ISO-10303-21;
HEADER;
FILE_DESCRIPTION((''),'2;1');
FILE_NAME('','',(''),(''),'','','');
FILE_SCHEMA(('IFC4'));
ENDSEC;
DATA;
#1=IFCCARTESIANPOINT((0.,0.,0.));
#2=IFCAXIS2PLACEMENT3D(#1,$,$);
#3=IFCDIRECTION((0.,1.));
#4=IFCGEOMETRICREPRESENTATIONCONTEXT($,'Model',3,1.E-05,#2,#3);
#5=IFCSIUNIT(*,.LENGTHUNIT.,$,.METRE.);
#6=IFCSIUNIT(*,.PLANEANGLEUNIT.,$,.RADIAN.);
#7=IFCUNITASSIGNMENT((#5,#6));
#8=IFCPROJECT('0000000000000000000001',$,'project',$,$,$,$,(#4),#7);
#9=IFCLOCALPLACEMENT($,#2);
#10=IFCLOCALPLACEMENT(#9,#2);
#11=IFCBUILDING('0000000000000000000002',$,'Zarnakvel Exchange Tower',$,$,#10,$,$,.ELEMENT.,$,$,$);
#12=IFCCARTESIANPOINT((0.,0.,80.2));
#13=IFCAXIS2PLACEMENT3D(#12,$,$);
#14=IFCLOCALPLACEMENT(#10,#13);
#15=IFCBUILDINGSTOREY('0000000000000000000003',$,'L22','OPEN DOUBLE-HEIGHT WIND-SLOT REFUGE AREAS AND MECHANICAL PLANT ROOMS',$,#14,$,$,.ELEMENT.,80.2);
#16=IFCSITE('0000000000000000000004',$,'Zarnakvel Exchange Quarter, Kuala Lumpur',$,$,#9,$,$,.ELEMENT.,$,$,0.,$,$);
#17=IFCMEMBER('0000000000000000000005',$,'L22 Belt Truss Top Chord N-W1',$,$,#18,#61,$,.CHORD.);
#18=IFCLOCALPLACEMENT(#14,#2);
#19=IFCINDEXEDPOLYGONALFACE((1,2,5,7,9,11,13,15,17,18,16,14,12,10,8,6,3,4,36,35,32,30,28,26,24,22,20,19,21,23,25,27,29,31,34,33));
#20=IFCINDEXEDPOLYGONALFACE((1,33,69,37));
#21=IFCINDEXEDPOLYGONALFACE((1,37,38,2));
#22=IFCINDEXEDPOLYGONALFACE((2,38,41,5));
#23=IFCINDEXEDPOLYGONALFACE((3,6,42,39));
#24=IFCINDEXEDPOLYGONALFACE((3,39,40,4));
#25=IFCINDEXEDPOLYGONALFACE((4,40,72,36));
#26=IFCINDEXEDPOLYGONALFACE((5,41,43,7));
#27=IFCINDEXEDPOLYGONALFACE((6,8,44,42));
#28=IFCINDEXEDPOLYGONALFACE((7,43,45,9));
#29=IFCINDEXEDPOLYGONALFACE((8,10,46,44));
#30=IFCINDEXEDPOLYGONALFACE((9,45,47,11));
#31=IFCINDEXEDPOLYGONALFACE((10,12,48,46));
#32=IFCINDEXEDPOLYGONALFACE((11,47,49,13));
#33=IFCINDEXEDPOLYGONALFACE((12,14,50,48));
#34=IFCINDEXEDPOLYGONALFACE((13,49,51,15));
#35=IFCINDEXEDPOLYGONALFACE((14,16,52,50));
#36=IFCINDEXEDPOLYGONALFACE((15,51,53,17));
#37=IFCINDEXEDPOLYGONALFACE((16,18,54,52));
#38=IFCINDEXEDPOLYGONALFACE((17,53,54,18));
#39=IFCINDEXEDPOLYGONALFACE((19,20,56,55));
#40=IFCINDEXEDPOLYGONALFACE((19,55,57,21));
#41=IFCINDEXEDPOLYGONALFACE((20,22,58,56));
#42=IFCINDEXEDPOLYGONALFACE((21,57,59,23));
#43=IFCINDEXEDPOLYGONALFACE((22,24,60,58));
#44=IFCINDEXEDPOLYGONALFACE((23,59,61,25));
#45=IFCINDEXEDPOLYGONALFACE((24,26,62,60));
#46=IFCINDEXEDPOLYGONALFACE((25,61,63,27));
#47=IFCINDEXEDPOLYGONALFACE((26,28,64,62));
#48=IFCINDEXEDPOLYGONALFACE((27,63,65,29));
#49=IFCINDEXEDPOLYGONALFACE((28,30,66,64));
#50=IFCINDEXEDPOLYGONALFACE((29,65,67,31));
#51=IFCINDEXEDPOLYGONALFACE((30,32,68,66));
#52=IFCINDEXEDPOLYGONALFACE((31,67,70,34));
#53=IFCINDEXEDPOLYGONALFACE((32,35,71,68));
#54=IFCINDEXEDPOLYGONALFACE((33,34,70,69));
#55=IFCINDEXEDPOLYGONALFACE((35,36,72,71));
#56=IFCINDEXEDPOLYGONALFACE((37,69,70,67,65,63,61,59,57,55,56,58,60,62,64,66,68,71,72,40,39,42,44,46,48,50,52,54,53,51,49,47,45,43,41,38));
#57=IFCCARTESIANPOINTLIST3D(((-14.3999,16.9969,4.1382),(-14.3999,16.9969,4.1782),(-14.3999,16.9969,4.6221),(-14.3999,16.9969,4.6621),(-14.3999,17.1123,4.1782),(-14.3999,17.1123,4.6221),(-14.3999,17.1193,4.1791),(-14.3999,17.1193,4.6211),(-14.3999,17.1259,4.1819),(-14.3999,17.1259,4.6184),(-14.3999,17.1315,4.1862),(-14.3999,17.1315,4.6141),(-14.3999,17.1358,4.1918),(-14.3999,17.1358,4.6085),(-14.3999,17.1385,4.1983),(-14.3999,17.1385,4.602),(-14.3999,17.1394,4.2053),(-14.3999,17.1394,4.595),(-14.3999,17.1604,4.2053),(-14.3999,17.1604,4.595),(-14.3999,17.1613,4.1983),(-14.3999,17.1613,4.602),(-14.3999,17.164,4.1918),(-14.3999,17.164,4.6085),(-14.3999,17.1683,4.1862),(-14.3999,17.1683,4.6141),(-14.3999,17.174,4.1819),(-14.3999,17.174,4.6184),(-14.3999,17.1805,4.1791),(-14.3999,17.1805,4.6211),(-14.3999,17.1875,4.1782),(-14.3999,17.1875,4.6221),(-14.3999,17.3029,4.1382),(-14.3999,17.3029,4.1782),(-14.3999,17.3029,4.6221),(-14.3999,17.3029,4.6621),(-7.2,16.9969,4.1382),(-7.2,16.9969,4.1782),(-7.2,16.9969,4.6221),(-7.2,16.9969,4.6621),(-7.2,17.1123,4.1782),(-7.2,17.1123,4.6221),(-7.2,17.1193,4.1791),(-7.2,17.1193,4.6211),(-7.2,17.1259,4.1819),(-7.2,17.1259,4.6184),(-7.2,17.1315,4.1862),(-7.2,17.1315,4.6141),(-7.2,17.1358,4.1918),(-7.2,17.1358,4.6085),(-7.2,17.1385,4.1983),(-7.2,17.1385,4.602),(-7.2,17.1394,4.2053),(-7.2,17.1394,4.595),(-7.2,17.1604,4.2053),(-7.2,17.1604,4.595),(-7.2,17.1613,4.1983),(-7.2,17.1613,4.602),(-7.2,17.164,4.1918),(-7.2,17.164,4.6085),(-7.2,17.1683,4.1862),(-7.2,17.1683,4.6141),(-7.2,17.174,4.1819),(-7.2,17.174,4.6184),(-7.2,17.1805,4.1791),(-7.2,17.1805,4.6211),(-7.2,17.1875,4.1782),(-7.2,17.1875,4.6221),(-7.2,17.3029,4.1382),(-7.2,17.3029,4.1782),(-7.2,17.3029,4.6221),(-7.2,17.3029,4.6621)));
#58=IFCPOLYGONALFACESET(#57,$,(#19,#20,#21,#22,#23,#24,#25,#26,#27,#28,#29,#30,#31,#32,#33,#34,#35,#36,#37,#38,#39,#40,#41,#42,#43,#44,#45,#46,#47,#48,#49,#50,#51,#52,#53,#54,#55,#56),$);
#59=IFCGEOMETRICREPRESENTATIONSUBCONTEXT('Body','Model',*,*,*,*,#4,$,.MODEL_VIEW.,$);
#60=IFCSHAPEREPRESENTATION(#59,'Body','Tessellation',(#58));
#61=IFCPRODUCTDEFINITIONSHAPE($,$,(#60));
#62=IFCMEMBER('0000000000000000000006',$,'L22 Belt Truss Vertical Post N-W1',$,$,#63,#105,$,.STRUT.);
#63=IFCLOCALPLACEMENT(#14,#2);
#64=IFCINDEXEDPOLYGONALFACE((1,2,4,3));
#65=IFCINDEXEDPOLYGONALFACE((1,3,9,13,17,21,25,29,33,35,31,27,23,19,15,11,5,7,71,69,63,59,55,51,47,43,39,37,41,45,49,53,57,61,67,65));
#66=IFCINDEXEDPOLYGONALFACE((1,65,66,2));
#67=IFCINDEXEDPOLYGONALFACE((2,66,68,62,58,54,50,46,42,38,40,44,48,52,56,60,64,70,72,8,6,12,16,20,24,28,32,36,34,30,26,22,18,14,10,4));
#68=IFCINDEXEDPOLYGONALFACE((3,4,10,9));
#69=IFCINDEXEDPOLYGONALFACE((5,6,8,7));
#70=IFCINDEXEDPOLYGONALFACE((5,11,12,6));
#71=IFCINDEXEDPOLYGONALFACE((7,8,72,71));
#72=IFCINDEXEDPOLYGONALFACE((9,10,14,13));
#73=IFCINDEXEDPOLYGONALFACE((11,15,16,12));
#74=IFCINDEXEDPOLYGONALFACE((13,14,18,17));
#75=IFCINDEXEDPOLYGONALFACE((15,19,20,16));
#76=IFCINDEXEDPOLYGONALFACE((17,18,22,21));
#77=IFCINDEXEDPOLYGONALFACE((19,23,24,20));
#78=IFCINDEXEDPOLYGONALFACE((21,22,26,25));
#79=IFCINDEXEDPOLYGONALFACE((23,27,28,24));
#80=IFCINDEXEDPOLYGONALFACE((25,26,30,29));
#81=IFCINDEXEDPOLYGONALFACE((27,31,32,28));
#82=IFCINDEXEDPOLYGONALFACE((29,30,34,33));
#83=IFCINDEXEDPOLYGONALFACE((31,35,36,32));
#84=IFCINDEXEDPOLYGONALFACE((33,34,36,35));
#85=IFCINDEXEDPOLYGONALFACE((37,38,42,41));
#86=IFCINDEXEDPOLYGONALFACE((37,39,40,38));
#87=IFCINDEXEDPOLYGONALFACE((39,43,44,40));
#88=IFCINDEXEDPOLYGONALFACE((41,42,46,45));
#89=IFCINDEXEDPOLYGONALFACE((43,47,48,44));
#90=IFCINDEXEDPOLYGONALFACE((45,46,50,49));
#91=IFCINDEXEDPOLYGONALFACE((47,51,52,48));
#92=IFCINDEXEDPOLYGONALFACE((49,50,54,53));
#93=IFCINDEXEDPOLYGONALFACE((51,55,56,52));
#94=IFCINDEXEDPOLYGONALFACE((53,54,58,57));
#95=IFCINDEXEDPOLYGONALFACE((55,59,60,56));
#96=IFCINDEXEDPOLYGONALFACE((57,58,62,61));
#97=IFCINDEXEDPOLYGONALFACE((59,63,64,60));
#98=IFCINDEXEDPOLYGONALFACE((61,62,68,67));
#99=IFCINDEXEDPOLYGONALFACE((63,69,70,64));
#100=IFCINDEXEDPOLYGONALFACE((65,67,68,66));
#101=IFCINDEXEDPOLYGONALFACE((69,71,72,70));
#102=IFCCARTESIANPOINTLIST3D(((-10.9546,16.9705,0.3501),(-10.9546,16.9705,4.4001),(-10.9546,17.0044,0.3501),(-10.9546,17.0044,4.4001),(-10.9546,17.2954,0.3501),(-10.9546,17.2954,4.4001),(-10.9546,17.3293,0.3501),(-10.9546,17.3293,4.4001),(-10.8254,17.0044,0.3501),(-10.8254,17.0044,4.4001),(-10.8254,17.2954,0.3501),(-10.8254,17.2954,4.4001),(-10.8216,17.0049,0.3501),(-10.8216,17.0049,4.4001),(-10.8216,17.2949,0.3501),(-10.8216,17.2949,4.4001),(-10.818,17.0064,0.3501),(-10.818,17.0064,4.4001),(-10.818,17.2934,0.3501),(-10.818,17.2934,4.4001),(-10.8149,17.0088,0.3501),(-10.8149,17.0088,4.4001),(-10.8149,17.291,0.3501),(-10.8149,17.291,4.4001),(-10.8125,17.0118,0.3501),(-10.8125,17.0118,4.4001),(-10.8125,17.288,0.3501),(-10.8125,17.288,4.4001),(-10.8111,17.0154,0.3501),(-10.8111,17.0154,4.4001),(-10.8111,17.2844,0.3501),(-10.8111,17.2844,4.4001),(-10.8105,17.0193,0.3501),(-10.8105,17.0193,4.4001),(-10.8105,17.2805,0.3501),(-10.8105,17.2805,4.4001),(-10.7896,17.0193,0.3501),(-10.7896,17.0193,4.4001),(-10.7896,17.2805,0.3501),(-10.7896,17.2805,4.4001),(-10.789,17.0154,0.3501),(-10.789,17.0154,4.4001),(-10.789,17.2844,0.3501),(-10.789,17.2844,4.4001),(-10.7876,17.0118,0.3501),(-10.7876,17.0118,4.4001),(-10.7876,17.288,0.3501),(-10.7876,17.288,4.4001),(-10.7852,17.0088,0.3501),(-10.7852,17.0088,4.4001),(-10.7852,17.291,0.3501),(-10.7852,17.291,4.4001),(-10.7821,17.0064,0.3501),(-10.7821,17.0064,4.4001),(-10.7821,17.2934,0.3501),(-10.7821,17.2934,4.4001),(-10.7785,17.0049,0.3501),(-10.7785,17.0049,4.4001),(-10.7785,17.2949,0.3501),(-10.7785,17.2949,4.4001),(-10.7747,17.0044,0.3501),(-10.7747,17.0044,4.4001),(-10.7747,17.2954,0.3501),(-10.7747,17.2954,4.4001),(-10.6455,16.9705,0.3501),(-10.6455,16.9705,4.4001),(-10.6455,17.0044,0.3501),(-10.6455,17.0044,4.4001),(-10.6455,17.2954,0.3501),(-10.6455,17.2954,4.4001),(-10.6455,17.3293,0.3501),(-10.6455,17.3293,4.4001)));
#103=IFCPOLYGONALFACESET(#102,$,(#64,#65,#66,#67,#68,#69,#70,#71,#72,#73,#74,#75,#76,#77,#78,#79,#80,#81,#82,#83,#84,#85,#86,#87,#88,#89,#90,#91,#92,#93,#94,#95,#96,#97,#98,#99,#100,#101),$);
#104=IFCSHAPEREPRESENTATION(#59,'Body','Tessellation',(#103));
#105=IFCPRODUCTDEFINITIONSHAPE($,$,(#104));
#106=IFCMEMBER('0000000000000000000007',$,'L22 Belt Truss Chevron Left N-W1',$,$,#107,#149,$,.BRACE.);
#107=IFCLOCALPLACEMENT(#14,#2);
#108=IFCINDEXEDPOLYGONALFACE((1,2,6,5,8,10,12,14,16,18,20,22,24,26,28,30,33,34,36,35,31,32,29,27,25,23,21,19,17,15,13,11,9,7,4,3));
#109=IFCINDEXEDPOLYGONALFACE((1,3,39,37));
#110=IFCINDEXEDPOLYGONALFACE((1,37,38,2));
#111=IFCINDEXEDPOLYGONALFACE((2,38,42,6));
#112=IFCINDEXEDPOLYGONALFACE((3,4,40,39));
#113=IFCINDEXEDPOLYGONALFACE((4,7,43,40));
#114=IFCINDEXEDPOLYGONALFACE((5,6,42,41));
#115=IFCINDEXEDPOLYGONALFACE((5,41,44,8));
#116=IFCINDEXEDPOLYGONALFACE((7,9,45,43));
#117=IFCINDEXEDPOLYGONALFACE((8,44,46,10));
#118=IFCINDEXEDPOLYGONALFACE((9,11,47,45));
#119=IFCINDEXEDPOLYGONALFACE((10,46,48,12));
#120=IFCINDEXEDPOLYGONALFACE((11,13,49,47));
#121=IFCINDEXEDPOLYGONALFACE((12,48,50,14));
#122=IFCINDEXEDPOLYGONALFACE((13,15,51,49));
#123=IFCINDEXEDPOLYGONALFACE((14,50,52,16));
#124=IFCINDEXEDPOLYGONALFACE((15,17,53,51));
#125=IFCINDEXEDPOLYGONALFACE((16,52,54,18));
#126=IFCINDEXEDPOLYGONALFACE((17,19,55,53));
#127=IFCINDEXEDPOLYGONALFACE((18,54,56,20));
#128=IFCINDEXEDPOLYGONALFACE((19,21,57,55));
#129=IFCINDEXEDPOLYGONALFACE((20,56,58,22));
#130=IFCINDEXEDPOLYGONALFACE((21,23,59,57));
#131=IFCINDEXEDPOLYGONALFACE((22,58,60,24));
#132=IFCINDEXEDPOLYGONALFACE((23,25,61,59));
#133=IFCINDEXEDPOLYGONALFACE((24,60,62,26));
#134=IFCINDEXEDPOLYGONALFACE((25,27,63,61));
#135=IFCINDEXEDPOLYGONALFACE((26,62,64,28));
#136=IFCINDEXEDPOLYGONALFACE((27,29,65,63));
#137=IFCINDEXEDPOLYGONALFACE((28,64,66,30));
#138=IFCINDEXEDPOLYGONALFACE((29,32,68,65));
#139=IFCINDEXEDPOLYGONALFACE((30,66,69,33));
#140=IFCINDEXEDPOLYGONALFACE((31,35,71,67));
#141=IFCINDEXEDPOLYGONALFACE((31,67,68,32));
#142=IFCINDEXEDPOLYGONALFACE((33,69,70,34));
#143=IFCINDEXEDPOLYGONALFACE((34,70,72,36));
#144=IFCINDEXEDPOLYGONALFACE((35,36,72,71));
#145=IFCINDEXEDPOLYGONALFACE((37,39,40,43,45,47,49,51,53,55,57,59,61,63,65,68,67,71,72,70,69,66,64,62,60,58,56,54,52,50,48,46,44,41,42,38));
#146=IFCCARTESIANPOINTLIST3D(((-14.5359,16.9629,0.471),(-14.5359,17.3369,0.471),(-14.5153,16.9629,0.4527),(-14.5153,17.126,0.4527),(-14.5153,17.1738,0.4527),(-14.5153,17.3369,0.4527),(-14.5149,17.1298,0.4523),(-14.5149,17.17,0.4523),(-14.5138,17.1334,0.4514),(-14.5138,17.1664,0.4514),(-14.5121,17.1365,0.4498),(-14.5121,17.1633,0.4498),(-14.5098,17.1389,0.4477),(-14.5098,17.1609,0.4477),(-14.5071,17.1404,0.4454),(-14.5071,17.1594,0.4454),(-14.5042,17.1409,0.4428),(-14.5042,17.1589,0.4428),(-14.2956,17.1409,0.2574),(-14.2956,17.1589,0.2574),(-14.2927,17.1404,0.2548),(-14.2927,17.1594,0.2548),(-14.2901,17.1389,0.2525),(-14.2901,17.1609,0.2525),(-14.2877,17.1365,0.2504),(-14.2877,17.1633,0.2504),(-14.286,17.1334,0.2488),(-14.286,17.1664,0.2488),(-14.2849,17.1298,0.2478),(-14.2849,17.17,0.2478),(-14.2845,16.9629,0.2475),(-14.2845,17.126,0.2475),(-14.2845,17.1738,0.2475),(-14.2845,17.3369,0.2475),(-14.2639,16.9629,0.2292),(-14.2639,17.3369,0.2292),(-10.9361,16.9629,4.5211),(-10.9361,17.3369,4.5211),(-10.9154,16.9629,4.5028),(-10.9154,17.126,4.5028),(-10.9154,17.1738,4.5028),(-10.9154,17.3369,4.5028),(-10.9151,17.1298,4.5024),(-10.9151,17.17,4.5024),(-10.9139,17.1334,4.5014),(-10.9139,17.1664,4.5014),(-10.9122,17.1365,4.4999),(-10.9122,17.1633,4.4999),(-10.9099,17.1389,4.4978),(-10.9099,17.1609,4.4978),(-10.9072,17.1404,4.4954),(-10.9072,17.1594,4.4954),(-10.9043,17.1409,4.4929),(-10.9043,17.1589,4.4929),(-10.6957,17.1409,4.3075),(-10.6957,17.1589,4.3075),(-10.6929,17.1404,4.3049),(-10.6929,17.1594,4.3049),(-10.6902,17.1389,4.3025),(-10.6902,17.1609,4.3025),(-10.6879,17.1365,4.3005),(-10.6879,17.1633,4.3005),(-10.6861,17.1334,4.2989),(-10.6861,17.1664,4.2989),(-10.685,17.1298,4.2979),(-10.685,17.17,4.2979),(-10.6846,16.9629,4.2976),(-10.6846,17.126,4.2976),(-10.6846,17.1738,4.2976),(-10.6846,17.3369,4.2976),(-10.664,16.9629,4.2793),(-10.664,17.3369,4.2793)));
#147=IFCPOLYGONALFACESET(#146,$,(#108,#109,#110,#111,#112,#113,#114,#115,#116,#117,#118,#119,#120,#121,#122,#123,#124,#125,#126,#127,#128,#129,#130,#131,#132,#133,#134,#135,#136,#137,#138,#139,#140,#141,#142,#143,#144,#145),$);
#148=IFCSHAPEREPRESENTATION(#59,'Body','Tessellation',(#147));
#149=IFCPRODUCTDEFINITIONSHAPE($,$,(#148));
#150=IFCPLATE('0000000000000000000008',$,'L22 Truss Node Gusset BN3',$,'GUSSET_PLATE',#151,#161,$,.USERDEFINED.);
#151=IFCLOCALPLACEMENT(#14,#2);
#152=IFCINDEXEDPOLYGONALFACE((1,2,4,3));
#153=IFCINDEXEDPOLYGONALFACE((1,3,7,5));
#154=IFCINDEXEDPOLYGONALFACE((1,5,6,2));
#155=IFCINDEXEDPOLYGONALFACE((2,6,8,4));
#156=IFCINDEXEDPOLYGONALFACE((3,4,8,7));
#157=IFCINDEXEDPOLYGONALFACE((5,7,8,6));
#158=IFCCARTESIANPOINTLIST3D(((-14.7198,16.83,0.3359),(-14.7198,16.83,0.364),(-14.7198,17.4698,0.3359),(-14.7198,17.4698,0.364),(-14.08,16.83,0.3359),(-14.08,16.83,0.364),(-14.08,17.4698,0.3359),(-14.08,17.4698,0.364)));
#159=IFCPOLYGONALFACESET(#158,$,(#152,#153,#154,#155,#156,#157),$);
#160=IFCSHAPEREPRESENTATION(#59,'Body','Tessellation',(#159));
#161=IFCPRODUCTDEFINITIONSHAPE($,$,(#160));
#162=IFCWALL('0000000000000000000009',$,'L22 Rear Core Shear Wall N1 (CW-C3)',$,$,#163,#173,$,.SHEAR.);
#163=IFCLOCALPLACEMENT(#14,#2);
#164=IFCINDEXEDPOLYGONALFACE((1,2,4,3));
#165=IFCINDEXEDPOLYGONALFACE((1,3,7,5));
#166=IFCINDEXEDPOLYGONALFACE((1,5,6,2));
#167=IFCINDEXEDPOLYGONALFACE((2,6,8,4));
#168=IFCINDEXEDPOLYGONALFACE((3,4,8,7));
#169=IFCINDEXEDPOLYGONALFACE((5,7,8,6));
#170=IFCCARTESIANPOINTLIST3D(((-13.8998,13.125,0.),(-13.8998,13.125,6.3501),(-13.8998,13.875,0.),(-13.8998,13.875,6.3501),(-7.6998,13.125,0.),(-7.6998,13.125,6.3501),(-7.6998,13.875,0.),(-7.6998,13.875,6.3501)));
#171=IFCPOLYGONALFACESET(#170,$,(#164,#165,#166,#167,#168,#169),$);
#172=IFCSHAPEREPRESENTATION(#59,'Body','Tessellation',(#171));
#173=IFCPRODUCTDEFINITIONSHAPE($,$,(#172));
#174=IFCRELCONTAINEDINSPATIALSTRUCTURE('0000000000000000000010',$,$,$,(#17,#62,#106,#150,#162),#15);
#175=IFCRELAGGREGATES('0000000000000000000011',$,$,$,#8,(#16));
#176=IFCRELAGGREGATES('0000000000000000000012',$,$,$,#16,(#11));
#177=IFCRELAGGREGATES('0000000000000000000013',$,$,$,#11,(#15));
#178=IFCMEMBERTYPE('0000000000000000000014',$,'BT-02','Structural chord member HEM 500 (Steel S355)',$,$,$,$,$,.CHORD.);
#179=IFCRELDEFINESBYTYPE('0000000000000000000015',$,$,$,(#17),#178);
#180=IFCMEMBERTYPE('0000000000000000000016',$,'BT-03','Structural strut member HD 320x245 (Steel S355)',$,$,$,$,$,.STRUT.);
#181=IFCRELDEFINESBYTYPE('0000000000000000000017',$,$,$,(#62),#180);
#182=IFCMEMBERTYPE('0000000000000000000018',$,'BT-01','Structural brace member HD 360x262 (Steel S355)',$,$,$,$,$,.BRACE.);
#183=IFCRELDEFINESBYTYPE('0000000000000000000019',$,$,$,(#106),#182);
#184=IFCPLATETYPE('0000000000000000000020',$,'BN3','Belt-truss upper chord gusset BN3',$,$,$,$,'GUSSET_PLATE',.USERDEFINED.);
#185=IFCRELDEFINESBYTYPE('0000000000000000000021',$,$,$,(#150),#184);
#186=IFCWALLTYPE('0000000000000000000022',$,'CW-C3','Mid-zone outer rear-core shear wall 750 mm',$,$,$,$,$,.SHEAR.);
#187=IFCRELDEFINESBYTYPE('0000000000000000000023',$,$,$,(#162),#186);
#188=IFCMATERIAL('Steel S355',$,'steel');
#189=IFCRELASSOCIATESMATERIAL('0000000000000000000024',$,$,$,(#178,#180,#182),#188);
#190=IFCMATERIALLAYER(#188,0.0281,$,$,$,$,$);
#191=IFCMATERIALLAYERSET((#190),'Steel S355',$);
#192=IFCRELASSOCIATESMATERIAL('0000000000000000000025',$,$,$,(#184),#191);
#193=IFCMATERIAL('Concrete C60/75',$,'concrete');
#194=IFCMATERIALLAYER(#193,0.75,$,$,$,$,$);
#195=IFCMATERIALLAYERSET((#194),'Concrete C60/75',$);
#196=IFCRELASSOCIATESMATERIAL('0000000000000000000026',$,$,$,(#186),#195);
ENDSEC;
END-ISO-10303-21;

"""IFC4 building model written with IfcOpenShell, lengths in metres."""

from ifc_helpers import new_model, si_unit, direction, frame, frame_2d, origin, origin_2d, place, context, subcontext, project, spatial, rectangle, i_section, extrude, source, transform, mapped, material, layer, layer_set, material_profile, profile_set, type_object, element, save


model = new_model("IFC4")

# Units and contexts
model_context = context("Model", 3, precision=1e-05, world=origin(), true_north=direction((0.0, 1.0)))
body_context = subcontext(model_context, "Body", "Model", "MODEL_VIEW")
ifc_project = project(units=[si_unit("LENGTHUNIT", "METRE"), si_unit("PLANEANGLEUNIT", "RADIAN")], contexts=[model_context])

# Site, building, storey
site_placement = place(None, origin())
site = spatial("IfcSite", under=ifc_project, at=site_placement, Name="Zarnakvel Exchange Quarter, Kuala Lumpur", CompositionType="ELEMENT", RefElevation=0.0)
building_placement = place(site_placement, origin())
building = spatial("IfcBuilding", under=site, at=building_placement, Name="Zarnakvel Exchange Tower", CompositionType="ELEMENT")
storey_placement = place(building_placement, frame((0.0, 0.0, 80.2)))
storey = spatial("IfcBuildingStorey", under=building, at=storey_placement, Name="L22", Description="OPEN DOUBLE-HEIGHT WIND-SLOT REFUGE AREAS AND MECHANICAL PLANT ROOMS", CompositionType="ELEMENT", Elevation=80.2)

# Shared definitions
ifc_material_1 = material(Name="Concrete C60/75", Category="concrete")

# Shared definitions
ifc_material_2 = material(Name="Steel S355", Category="steel")

# Members
ifc_material_profile_1 = material_profile(ifc_material_2, i_section(OverallWidth=0.3059, OverallDepth=0.5239, WebThickness=0.021, FlangeThickness=0.04, FilletRadius=0.0271, at=origin_2d()))
ifc_profile_set_1 = profile_set([ifc_material_profile_1], Name="Steel S355")
member_type_1 = type_object("IfcMemberType", Name="BT-02", Description="Structural chord member HEM 500 (Steel S355)", PredefinedType="CHORD", material=ifc_profile_set_1)
shared_shape_1 = source(origin(), body_context, "Body", "SweptSolid", [
    extrude(i_section(OverallWidth=0.3059, OverallDepth=0.5239, WebThickness=0.021, FlangeThickness=0.04, FilletRadius=0.0271, at=origin_2d()), origin(), (0.0, 0.0, 1.0), 7.2),
])
for number, where, z_axis, x_axis, name in (
    (1, (-14.3999, 17.1499, 4.4001), (1.0, 0.0, 0.0), (0.0, 1.0, 0.0), "L22 Belt Truss Top Chord N-W1"),
):
    element("IfcMember", number, at=place(storey_placement, frame(where, z_axis=z_axis, x_axis=x_axis)), inside=storey, type_object=member_type_1, Name=name, PredefinedType="CHORD", context=body_context, shape_type="MappedRepresentation", body=[
        mapped(shared_shape_1, transform((0.0, 0.0, 0.0), x_axis=(1.0, 0.0, 0.0), y_axis=(0.0, 1.0, 0.0), z_axis=(0.0, 0.0, 1.0), scale=1.0)),
    ])
ifc_material_profile_2 = material_profile(ifc_material_2, i_section(OverallWidth=0.3091, OverallDepth=0.3589, WebThickness=0.021, FlangeThickness=0.0339, FilletRadius=0.0149, at=origin_2d()))
ifc_profile_set_2 = profile_set([ifc_material_profile_2], Name="Steel S355")
member_type_2 = type_object("IfcMemberType", Name="BT-03", Description="Structural strut member HD 320x245 (Steel S355)", PredefinedType="STRUT", material=ifc_profile_set_2)
shared_shape_2 = source(origin(), body_context, "Body", "SweptSolid", [
    extrude(i_section(OverallWidth=0.3091, OverallDepth=0.3589, WebThickness=0.021, FlangeThickness=0.0339, FilletRadius=0.0149, at=origin_2d()), origin(), (0.0, 0.0, 1.0), 4.05),
])
member_1_placement = place(storey_placement, frame((-10.8, 17.1499, 0.3501), z_axis=(0.0, 0.0, 1.0), x_axis=(1.0, 0.0, 0.0)))
element("IfcMember", 2, at=member_1_placement, inside=storey, type_object=member_type_2, Name="L22 Belt Truss Vertical Post N-W1", PredefinedType="STRUT", context=body_context, shape_type="MappedRepresentation", body=[
    mapped(shared_shape_2, transform((0.0, 0.0, 0.0), x_axis=(1.0, 0.0, 0.0), y_axis=(0.0, 1.0, 0.0), z_axis=(0.0, 0.0, 1.0), scale=1.0)),
])
ifc_material_profile_3 = material_profile(ifc_material_2, i_section(OverallWidth=0.374, OverallDepth=0.364, WebThickness=0.0181, FlangeThickness=0.0276, FilletRadius=0.0149, at=origin_2d()))
ifc_profile_set_3 = profile_set([ifc_material_profile_3], Name="Steel S355")
member_type_3 = type_object("IfcMemberType", Name="BT-01", Description="Structural brace member HD 360x262 (Steel S355)", PredefinedType="BRACE", material=ifc_profile_set_3)
shared_shape_3 = source(origin(), body_context, "Body", "SweptSolid", [
    extrude(i_section(OverallWidth=0.374, OverallDepth=0.364, WebThickness=0.0181, FlangeThickness=0.0276, FilletRadius=0.0149, at=origin_2d()), origin(), (0.0, 0.0, 1.0), 5.4187),
])
member_2_placement = place(storey_placement, frame((-14.3999, 17.1499, 0.3501), z_axis=(0.664344, 0.0, 0.747427), x_axis=(0.0, 1.0, 0.0)))
element("IfcMember", 3, at=member_2_placement, inside=storey, type_object=member_type_3, Name="L22 Belt Truss Chevron Left N-W1", PredefinedType="BRACE", context=body_context, shape_type="MappedRepresentation", body=[
    mapped(shared_shape_3, transform((0.0, 0.0, 0.0), x_axis=(1.0, 0.0, 0.0), y_axis=(0.0, 1.0, 0.0), z_axis=(0.0, 0.0, 1.0), scale=1.0)),
])

# Plate
ifc_layer_1 = layer(ifc_material_2, 0.0281)
ifc_layer_set_1 = layer_set([ifc_layer_1], Name="Steel S355")
plate_type = type_object("IfcPlateType", Name="BN3", Description="Belt-truss upper chord gusset BN3", ElementType="GUSSET_PLATE", PredefinedType="USERDEFINED", material=ifc_layer_set_1)
shared_shape_4 = source(origin(), body_context, "Body", "SweptSolid", [
    extrude(rectangle(XDim=0.6399, YDim=0.6399, at=origin_2d()), origin(), (0.0, 0.0, 1.0), 0.0281),
])
plate_placement = place(storey_placement, frame((-14.3999, 17.1499, 0.3359), z_axis=(0.0, 0.0, 1.0), x_axis=(1.0, 0.0, 0.0)))
element("IfcPlate", 4, at=plate_placement, inside=storey, type_object=plate_type, Name="L22 Truss Node Gusset BN3", ObjectType="GUSSET_PLATE", PredefinedType="USERDEFINED", context=body_context, shape_type="MappedRepresentation", body=[
    mapped(shared_shape_4, transform((0.0, 0.0, 0.0), x_axis=(1.0, 0.0, 0.0), y_axis=(0.0, 1.0, 0.0), z_axis=(0.0, 0.0, 1.0), scale=1.0)),
])

# Wall
ifc_layer_2 = layer(ifc_material_1, 0.75)
ifc_layer_set_2 = layer_set([ifc_layer_2], Name="Concrete C60/75")
wall_type_1 = type_object("IfcWallType", Name="CW-C3", Description="Mid-zone outer rear-core shear wall 750 mm", PredefinedType="SHEAR", material=ifc_layer_set_2)
wall_1_placement = place(storey_placement, frame((-13.8999, 13.5, 0.0), z_axis=(0.0, 0.0, 1.0), x_axis=(1.0, 0.0, 0.0)))
element("IfcWall", 5, at=wall_1_placement, inside=storey, type_object=wall_type_1, Name="L22 Rear Core Shear Wall N1 (CW-C3)", PredefinedType="SHEAR", context=body_context, shape_type="SweptSolid", body=[
    extrude(rectangle(XDim=6.2, YDim=0.75, at=frame_2d((3.1001, 0.0))), origin(), (0.0, 0.0, 1.0), 6.3501),
])

save(model, "model.ifc")
